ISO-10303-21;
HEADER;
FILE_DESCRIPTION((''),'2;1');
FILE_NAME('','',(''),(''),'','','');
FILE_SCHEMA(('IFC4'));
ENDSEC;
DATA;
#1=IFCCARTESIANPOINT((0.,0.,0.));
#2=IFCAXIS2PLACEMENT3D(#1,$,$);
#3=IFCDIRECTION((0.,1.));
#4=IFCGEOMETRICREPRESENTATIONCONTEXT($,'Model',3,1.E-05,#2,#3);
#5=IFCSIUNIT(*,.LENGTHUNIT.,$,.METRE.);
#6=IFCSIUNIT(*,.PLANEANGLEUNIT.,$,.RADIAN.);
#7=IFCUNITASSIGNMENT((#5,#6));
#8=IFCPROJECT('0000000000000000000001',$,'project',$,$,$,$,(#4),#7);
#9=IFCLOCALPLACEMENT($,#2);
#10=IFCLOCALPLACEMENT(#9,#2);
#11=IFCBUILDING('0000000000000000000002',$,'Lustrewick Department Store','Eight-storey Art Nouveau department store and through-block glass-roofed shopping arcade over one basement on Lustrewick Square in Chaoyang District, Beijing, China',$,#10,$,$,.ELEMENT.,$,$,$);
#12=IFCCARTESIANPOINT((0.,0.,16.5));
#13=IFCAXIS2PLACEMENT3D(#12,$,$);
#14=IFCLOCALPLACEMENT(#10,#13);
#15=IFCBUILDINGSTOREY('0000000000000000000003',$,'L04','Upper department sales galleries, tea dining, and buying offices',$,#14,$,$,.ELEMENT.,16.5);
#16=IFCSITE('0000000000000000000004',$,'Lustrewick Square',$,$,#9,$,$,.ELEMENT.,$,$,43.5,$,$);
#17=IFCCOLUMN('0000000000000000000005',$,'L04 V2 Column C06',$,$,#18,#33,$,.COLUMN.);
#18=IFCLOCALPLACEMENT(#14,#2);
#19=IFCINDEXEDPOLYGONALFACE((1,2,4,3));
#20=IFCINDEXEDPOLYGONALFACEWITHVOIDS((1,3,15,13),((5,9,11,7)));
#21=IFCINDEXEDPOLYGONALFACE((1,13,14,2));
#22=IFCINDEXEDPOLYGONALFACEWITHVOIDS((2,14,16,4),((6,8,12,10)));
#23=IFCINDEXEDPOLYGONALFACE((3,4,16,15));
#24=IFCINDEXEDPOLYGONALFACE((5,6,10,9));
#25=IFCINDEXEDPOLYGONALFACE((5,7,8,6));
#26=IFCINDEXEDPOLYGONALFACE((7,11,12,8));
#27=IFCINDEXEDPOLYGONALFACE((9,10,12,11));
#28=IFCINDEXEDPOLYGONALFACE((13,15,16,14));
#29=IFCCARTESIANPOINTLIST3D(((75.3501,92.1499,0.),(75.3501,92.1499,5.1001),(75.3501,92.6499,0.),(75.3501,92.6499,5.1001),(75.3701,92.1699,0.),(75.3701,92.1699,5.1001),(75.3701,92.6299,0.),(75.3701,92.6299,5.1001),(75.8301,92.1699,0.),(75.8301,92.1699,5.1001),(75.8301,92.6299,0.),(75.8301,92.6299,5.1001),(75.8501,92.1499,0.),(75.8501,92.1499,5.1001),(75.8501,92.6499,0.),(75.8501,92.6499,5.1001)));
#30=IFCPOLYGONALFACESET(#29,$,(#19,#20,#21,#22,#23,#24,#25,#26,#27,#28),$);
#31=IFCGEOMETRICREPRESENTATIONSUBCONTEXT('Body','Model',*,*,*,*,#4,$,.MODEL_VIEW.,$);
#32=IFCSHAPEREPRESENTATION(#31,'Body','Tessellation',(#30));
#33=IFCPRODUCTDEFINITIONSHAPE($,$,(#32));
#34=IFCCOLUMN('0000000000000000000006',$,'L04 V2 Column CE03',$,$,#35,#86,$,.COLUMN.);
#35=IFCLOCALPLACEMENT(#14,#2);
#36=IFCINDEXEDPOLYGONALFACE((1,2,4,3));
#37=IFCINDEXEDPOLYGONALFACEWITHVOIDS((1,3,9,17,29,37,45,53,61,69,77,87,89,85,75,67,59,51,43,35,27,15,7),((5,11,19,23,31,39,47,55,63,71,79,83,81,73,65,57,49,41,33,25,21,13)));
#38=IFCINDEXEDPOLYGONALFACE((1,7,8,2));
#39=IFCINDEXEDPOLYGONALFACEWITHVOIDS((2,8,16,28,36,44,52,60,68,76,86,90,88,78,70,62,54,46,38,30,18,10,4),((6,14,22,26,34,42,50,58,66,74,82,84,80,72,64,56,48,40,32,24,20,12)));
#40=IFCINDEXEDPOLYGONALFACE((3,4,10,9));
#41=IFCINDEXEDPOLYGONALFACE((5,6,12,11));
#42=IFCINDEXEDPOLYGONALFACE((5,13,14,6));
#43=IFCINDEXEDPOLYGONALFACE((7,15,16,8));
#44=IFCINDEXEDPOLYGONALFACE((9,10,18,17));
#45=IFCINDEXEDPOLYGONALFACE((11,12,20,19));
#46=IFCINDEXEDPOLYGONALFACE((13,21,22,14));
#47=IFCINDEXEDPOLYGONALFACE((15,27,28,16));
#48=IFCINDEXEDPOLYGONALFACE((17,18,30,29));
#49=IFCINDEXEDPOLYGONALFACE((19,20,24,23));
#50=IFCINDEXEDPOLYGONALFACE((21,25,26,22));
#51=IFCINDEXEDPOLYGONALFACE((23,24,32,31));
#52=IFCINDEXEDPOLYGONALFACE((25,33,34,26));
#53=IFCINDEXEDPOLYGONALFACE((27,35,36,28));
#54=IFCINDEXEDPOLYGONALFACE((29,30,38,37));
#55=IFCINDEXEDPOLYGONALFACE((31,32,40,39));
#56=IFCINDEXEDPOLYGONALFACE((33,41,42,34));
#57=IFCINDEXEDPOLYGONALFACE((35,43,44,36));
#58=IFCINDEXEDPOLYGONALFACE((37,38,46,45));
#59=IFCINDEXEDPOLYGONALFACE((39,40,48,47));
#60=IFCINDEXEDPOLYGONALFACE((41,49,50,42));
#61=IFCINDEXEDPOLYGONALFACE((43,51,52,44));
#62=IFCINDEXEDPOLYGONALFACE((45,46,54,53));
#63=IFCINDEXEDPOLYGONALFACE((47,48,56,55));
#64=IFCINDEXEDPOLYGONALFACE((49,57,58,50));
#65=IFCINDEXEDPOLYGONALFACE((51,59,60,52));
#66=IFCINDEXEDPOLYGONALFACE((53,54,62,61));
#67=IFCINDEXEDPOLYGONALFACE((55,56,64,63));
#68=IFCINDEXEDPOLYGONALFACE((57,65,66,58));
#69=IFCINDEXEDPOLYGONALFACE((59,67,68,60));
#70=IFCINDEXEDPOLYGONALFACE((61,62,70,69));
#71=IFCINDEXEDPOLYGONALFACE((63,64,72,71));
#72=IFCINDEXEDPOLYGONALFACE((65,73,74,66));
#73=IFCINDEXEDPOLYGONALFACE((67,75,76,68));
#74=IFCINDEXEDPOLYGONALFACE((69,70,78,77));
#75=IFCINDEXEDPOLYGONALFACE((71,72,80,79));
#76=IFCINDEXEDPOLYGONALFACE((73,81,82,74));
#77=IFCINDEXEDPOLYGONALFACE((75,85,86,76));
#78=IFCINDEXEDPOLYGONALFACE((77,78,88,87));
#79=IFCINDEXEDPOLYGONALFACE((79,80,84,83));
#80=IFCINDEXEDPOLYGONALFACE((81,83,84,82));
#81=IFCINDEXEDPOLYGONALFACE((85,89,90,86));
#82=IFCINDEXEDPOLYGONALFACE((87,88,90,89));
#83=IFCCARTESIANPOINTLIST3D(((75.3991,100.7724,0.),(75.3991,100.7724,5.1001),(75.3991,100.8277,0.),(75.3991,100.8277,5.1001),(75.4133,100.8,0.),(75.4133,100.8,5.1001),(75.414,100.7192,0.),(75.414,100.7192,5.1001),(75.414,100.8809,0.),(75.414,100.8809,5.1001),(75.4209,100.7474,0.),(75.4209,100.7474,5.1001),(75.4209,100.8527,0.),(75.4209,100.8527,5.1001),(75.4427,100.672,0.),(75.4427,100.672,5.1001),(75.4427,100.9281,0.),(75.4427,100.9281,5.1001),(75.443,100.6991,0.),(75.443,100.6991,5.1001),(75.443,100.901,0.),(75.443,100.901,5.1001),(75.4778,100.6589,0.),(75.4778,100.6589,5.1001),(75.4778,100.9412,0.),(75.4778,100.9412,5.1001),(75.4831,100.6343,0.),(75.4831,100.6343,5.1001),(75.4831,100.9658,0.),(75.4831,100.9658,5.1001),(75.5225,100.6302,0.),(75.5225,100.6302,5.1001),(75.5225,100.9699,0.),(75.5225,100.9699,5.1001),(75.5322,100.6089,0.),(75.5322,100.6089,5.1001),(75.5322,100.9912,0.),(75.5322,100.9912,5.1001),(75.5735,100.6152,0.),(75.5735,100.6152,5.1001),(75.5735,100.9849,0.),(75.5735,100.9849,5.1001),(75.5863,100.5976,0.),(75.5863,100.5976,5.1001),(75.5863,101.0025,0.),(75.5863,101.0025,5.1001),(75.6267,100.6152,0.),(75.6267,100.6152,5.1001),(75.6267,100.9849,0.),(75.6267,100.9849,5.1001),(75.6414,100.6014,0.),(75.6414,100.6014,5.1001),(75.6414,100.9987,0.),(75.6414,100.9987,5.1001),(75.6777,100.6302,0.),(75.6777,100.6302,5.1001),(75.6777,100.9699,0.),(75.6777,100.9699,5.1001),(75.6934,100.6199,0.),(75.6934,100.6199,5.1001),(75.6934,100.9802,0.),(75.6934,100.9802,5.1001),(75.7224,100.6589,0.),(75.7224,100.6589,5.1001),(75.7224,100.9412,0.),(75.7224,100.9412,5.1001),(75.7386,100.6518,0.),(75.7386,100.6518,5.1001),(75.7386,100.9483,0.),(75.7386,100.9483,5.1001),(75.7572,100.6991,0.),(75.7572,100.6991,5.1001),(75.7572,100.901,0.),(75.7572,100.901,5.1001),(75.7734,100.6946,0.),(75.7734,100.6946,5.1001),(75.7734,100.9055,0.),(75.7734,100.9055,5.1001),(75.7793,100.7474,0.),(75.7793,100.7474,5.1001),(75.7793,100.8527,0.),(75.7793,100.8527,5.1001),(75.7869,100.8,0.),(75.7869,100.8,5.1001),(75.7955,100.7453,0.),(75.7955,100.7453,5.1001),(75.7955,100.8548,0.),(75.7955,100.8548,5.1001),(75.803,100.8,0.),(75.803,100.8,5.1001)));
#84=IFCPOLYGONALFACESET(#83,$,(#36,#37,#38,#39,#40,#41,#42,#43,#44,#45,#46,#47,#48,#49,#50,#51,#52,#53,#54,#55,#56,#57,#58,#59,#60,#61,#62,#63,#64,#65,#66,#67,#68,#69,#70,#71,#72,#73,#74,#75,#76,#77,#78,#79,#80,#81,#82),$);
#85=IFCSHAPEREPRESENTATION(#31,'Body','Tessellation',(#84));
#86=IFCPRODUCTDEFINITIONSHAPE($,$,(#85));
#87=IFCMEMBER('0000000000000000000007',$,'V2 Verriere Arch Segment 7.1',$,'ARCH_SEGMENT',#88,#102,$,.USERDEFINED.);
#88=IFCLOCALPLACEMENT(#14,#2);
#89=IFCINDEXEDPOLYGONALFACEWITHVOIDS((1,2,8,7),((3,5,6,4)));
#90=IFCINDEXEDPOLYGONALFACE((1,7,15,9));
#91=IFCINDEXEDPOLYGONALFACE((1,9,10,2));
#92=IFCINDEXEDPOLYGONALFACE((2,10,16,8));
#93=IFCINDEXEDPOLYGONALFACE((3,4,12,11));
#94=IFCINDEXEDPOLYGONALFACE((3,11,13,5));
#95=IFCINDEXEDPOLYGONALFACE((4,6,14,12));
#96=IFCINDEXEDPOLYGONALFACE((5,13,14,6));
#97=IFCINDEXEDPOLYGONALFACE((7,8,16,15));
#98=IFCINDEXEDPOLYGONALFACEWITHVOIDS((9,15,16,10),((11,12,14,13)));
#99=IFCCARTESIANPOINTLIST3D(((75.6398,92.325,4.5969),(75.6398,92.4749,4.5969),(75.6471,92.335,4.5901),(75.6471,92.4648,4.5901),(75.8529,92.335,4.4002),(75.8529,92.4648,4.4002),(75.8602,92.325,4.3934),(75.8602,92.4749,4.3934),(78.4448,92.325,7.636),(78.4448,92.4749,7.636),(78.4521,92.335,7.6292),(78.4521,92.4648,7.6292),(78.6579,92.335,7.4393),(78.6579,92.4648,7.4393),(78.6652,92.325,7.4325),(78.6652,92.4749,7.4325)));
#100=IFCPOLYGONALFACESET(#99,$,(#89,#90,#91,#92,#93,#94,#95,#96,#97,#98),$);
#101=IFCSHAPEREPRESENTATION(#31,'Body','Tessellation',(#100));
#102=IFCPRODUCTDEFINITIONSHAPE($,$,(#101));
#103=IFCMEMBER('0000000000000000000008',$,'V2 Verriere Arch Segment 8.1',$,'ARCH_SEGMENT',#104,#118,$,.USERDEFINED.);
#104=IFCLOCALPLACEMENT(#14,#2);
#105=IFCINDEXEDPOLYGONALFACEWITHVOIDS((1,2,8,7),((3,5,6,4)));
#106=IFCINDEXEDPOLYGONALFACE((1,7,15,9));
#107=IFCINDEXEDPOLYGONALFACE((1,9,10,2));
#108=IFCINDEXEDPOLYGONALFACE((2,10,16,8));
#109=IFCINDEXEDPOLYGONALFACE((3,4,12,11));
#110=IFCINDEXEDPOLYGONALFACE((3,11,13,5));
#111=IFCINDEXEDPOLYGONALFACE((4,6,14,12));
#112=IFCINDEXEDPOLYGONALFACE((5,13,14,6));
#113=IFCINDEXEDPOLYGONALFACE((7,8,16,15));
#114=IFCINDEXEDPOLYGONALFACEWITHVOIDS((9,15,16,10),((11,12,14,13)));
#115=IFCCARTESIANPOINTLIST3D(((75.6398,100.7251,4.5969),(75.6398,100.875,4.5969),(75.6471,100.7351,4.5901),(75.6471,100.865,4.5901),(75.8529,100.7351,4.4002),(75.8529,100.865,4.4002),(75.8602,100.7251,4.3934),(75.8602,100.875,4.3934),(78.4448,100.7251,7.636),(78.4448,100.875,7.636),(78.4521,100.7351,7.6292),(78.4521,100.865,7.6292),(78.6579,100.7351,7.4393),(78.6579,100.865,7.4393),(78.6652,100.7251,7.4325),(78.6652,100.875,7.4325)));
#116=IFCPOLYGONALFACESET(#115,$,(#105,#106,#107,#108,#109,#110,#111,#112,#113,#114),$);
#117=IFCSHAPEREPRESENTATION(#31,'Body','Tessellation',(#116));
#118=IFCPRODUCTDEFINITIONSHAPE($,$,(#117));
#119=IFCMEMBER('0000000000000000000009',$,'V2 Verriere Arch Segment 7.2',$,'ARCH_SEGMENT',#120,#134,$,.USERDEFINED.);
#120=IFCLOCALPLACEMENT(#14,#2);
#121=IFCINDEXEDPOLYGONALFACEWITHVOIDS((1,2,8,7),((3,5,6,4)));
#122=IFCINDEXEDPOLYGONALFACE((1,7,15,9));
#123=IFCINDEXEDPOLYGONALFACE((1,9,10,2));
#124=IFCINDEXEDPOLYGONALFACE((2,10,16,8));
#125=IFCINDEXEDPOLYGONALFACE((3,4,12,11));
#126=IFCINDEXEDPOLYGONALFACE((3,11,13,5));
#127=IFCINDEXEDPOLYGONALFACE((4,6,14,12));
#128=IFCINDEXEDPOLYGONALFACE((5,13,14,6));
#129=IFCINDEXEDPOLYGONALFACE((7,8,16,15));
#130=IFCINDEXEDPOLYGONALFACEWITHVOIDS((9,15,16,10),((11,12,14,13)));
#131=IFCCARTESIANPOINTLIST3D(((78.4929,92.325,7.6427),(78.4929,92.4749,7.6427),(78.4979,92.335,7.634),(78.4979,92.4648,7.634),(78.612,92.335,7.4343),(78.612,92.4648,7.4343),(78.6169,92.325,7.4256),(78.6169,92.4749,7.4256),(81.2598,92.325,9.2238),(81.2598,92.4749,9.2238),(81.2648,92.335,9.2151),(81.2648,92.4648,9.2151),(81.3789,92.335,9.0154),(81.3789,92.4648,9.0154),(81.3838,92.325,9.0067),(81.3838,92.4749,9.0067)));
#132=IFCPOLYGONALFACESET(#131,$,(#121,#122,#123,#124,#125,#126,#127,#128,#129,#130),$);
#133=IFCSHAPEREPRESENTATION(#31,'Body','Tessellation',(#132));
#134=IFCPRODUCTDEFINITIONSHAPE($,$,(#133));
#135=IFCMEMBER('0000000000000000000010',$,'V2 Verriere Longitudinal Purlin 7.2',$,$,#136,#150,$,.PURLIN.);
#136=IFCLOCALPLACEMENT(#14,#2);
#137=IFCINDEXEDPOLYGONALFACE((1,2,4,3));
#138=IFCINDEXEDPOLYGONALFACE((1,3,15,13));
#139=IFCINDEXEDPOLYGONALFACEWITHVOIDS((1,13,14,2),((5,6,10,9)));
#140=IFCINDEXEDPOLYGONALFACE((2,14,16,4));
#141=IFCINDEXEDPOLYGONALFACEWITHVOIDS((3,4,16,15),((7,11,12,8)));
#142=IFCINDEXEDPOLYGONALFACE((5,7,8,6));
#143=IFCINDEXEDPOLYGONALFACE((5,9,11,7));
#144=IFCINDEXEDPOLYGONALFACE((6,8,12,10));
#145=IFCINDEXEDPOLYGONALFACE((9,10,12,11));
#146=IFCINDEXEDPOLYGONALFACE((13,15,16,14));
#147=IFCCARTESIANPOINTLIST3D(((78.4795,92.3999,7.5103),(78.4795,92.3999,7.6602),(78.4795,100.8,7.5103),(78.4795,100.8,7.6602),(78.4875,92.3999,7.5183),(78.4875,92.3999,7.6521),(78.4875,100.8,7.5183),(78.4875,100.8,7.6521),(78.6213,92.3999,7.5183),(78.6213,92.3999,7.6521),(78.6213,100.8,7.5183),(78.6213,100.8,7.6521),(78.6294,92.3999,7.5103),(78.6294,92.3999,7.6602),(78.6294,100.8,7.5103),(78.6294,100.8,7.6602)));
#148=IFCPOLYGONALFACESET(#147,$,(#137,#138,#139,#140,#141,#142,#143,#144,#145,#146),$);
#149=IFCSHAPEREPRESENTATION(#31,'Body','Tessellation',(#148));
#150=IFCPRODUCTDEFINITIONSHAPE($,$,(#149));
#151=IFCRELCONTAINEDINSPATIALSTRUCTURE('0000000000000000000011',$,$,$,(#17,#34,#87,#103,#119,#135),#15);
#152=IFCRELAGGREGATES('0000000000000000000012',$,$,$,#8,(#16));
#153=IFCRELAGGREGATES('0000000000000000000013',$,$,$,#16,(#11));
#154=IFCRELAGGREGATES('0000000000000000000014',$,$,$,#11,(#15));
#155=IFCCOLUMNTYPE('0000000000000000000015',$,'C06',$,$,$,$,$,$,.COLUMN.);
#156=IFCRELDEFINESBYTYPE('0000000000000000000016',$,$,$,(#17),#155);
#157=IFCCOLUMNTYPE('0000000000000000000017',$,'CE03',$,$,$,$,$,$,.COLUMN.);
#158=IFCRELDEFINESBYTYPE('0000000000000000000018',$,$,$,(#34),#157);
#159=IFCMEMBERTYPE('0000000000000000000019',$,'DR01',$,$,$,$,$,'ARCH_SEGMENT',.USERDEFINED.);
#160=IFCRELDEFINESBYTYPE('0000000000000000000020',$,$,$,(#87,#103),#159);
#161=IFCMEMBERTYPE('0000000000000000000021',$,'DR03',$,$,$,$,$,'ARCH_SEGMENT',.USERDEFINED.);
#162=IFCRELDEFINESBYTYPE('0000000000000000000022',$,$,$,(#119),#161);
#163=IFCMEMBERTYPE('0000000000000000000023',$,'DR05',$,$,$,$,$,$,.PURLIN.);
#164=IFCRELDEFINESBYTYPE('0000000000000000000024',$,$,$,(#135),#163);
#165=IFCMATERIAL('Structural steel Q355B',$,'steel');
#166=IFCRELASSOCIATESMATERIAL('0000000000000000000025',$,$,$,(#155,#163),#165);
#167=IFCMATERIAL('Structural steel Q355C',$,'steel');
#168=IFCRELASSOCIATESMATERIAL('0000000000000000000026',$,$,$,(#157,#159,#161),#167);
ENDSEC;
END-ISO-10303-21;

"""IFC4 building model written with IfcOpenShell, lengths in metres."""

from ifc_helpers import new_model, si_unit, direction, frame, origin, origin_2d, place, context, subcontext, project, spatial, hollow_rectangle, hollow_circle, extrude, material, material_profile, profile_set, type_object, element, save


model = new_model("IFC4")

# Units and contexts
model_context = context("Model", 3, precision=1e-05, world=origin(), true_north=direction((0.0, 1.0)))
body_context = subcontext(model_context, "Body", "Model", "MODEL_VIEW")
ifc_project = project(units=[si_unit("LENGTHUNIT", "METRE"), si_unit("PLANEANGLEUNIT", "RADIAN")], contexts=[model_context])

# Site, building, storey
site_placement = place(None, origin())
site = spatial("IfcSite", under=ifc_project, at=site_placement, Name="Lustrewick Square", CompositionType="ELEMENT", RefElevation=43.5)
building_placement = place(site_placement, origin())
building = spatial("IfcBuilding", under=site, at=building_placement, Name="Lustrewick Department Store", Description="Eight-storey Art Nouveau department store and through-block glass-roofed shopping arcade over one basement on Lustrewick Square in Chaoyang District, Beijing, China", CompositionType="ELEMENT")
storey_placement = place(building_placement, frame((0.0, 0.0, 16.5)))
storey = spatial("IfcBuildingStorey", under=building, at=storey_placement, Name="L04", Description="Upper department sales galleries, tea dining, and buying offices", CompositionType="ELEMENT", Elevation=16.5)

# Columns
ifc_material_1 = material(Name="Structural steel Q355B", Category="steel")
ifc_material_profile_1 = material_profile(ifc_material_1, hollow_rectangle(XDim=0.5, YDim=0.5, WallThickness=0.02, at=origin_2d()), Name="BOX 500x500x20")
ifc_profile_set_1 = profile_set([ifc_material_profile_1], Name="Structural steel Q355B")
column_type_1 = type_object("IfcColumnType", Name="C06", PredefinedType="COLUMN", material=ifc_profile_set_1)
column_1_placement = place(storey_placement, frame((75.6001, 92.3999, 0.0), z_axis=(0.0, 0.0, 1.0), x_axis=(1.0, 0.0, 0.0)))
element("IfcColumn", 1, at=column_1_placement, inside=storey, type_object=column_type_1, Name="L04 V2 Column C06", PredefinedType="COLUMN", context=body_context, shape_type="SweptSolid", body=[
    extrude(hollow_rectangle(XDim=0.5, YDim=0.5, WallThickness=0.02, at=origin_2d()), origin(), (0.0, 0.0, 1.0), 5.1001),
])
ifc_material_2 = material(Name="Structural steel Q355C", Category="steel")
ifc_material_profile_2 = material_profile(ifc_material_2, hollow_circle(Radius=0.2029, WallThickness=0.0161, at=origin_2d()), Name="CHS 406x16")
ifc_profile_set_2 = profile_set([ifc_material_profile_2], Name="Structural steel Q355C")
column_type_2 = type_object("IfcColumnType", Name="CE03", PredefinedType="COLUMN", material=ifc_profile_set_2)
column_2_placement = place(storey_placement, frame((75.6001, 100.8, 0.0), z_axis=(0.0, 0.0, 1.0), x_axis=(1.0, 0.0, 0.0)))
element("IfcColumn", 2, at=column_2_placement, inside=storey, type_object=column_type_2, Name="L04 V2 Column CE03", PredefinedType="COLUMN", context=body_context, shape_type="SweptSolid", body=[
    extrude(hollow_circle(Radius=0.2029, WallThickness=0.0161, at=origin_2d()), origin(), (0.0, 0.0, 1.0), 5.1001),
])

# Members
ifc_material_profile_3 = material_profile(ifc_material_2, hollow_rectangle(XDim=0.1499, YDim=0.3, WallThickness=0.01, at=origin_2d()), Name="RHS 300x150x10")
ifc_profile_set_3 = profile_set([ifc_material_profile_3], Name="Structural steel Q355C")
member_type_1 = type_object("IfcMemberType", Name="DR01", ElementType="ARCH_SEGMENT", PredefinedType="USERDEFINED", material=ifc_profile_set_3)
for number, where, z_axis, x_axis, name in (
    (3, (75.75, 92.3999, 4.4951), (0.678234, 0.0, 0.734846), (0.0, 1.0, 0.0), "V2 Verriere Arch Segment 7.1"),
    (4, (75.75, 100.8, 4.4951), (0.678234, 0.0, 0.734846), (0.0, 1.0, 0.0), "V2 Verriere Arch Segment 8.1"),
):
    element("IfcMember", number, at=place(storey_placement, frame(where, z_axis=z_axis, x_axis=x_axis)), inside=storey, type_object=member_type_1, Name=name, ObjectType="ARCH_SEGMENT", PredefinedType="USERDEFINED", context=body_context, shape_type="SweptSolid", body=[
        extrude(hollow_rectangle(XDim=0.1499, YDim=0.3, WallThickness=0.01, at=origin_2d()), origin(), (0.0, 0.0, 1.0), 4.1357),
    ])
ifc_material_profile_4 = material_profile(ifc_material_2, hollow_rectangle(XDim=0.1499, YDim=0.25, WallThickness=0.01, at=origin_2d()), Name="RHS 250x150x10")
ifc_profile_set_4 = profile_set([ifc_material_profile_4], Name="Structural steel Q355C")
member_type_2 = type_object("IfcMemberType", Name="DR03", ElementType="ARCH_SEGMENT", PredefinedType="USERDEFINED", material=ifc_profile_set_4)
member_1_placement = place(storey_placement, frame((78.5549, 92.3999, 7.5342), z_axis=(0.868243, 0.0, 0.496139), x_axis=(0.0, 1.0, 0.0)))
element("IfcMember", 5, at=member_1_placement, inside=storey, type_object=member_type_2, Name="V2 Verriere Arch Segment 7.2", ObjectType="ARCH_SEGMENT", PredefinedType="USERDEFINED", context=body_context, shape_type="SweptSolid", body=[
    extrude(hollow_rectangle(XDim=0.1499, YDim=0.25, WallThickness=0.01, at=origin_2d()), origin(), (0.0, 0.0, 1.0), 3.1868),
])
ifc_material_profile_5 = material_profile(ifc_material_1, hollow_rectangle(XDim=0.1499, YDim=0.1499, WallThickness=0.0081, at=origin_2d()), Name="SHS 150x150x8")
ifc_profile_set_5 = profile_set([ifc_material_profile_5], Name="Structural steel Q355B")
member_type_3 = type_object("IfcMemberType", Name="DR05", PredefinedType="PURLIN", material=ifc_profile_set_5)
member_2_placement = place(storey_placement, frame((78.5544, 92.3999, 7.5852), z_axis=(0.0, 1.0, 0.0), x_axis=(-1.0, 0.0, 0.0)))
element("IfcMember", 6, at=member_2_placement, inside=storey, type_object=member_type_3, Name="V2 Verriere Longitudinal Purlin 7.2", PredefinedType="PURLIN", context=body_context, shape_type="SweptSolid", body=[
    extrude(hollow_rectangle(XDim=0.1499, YDim=0.1499, WallThickness=0.0081, at=origin_2d()), origin(), (0.0, 0.0, 1.0), 8.4001),
])

save(model, "model.ifc")
